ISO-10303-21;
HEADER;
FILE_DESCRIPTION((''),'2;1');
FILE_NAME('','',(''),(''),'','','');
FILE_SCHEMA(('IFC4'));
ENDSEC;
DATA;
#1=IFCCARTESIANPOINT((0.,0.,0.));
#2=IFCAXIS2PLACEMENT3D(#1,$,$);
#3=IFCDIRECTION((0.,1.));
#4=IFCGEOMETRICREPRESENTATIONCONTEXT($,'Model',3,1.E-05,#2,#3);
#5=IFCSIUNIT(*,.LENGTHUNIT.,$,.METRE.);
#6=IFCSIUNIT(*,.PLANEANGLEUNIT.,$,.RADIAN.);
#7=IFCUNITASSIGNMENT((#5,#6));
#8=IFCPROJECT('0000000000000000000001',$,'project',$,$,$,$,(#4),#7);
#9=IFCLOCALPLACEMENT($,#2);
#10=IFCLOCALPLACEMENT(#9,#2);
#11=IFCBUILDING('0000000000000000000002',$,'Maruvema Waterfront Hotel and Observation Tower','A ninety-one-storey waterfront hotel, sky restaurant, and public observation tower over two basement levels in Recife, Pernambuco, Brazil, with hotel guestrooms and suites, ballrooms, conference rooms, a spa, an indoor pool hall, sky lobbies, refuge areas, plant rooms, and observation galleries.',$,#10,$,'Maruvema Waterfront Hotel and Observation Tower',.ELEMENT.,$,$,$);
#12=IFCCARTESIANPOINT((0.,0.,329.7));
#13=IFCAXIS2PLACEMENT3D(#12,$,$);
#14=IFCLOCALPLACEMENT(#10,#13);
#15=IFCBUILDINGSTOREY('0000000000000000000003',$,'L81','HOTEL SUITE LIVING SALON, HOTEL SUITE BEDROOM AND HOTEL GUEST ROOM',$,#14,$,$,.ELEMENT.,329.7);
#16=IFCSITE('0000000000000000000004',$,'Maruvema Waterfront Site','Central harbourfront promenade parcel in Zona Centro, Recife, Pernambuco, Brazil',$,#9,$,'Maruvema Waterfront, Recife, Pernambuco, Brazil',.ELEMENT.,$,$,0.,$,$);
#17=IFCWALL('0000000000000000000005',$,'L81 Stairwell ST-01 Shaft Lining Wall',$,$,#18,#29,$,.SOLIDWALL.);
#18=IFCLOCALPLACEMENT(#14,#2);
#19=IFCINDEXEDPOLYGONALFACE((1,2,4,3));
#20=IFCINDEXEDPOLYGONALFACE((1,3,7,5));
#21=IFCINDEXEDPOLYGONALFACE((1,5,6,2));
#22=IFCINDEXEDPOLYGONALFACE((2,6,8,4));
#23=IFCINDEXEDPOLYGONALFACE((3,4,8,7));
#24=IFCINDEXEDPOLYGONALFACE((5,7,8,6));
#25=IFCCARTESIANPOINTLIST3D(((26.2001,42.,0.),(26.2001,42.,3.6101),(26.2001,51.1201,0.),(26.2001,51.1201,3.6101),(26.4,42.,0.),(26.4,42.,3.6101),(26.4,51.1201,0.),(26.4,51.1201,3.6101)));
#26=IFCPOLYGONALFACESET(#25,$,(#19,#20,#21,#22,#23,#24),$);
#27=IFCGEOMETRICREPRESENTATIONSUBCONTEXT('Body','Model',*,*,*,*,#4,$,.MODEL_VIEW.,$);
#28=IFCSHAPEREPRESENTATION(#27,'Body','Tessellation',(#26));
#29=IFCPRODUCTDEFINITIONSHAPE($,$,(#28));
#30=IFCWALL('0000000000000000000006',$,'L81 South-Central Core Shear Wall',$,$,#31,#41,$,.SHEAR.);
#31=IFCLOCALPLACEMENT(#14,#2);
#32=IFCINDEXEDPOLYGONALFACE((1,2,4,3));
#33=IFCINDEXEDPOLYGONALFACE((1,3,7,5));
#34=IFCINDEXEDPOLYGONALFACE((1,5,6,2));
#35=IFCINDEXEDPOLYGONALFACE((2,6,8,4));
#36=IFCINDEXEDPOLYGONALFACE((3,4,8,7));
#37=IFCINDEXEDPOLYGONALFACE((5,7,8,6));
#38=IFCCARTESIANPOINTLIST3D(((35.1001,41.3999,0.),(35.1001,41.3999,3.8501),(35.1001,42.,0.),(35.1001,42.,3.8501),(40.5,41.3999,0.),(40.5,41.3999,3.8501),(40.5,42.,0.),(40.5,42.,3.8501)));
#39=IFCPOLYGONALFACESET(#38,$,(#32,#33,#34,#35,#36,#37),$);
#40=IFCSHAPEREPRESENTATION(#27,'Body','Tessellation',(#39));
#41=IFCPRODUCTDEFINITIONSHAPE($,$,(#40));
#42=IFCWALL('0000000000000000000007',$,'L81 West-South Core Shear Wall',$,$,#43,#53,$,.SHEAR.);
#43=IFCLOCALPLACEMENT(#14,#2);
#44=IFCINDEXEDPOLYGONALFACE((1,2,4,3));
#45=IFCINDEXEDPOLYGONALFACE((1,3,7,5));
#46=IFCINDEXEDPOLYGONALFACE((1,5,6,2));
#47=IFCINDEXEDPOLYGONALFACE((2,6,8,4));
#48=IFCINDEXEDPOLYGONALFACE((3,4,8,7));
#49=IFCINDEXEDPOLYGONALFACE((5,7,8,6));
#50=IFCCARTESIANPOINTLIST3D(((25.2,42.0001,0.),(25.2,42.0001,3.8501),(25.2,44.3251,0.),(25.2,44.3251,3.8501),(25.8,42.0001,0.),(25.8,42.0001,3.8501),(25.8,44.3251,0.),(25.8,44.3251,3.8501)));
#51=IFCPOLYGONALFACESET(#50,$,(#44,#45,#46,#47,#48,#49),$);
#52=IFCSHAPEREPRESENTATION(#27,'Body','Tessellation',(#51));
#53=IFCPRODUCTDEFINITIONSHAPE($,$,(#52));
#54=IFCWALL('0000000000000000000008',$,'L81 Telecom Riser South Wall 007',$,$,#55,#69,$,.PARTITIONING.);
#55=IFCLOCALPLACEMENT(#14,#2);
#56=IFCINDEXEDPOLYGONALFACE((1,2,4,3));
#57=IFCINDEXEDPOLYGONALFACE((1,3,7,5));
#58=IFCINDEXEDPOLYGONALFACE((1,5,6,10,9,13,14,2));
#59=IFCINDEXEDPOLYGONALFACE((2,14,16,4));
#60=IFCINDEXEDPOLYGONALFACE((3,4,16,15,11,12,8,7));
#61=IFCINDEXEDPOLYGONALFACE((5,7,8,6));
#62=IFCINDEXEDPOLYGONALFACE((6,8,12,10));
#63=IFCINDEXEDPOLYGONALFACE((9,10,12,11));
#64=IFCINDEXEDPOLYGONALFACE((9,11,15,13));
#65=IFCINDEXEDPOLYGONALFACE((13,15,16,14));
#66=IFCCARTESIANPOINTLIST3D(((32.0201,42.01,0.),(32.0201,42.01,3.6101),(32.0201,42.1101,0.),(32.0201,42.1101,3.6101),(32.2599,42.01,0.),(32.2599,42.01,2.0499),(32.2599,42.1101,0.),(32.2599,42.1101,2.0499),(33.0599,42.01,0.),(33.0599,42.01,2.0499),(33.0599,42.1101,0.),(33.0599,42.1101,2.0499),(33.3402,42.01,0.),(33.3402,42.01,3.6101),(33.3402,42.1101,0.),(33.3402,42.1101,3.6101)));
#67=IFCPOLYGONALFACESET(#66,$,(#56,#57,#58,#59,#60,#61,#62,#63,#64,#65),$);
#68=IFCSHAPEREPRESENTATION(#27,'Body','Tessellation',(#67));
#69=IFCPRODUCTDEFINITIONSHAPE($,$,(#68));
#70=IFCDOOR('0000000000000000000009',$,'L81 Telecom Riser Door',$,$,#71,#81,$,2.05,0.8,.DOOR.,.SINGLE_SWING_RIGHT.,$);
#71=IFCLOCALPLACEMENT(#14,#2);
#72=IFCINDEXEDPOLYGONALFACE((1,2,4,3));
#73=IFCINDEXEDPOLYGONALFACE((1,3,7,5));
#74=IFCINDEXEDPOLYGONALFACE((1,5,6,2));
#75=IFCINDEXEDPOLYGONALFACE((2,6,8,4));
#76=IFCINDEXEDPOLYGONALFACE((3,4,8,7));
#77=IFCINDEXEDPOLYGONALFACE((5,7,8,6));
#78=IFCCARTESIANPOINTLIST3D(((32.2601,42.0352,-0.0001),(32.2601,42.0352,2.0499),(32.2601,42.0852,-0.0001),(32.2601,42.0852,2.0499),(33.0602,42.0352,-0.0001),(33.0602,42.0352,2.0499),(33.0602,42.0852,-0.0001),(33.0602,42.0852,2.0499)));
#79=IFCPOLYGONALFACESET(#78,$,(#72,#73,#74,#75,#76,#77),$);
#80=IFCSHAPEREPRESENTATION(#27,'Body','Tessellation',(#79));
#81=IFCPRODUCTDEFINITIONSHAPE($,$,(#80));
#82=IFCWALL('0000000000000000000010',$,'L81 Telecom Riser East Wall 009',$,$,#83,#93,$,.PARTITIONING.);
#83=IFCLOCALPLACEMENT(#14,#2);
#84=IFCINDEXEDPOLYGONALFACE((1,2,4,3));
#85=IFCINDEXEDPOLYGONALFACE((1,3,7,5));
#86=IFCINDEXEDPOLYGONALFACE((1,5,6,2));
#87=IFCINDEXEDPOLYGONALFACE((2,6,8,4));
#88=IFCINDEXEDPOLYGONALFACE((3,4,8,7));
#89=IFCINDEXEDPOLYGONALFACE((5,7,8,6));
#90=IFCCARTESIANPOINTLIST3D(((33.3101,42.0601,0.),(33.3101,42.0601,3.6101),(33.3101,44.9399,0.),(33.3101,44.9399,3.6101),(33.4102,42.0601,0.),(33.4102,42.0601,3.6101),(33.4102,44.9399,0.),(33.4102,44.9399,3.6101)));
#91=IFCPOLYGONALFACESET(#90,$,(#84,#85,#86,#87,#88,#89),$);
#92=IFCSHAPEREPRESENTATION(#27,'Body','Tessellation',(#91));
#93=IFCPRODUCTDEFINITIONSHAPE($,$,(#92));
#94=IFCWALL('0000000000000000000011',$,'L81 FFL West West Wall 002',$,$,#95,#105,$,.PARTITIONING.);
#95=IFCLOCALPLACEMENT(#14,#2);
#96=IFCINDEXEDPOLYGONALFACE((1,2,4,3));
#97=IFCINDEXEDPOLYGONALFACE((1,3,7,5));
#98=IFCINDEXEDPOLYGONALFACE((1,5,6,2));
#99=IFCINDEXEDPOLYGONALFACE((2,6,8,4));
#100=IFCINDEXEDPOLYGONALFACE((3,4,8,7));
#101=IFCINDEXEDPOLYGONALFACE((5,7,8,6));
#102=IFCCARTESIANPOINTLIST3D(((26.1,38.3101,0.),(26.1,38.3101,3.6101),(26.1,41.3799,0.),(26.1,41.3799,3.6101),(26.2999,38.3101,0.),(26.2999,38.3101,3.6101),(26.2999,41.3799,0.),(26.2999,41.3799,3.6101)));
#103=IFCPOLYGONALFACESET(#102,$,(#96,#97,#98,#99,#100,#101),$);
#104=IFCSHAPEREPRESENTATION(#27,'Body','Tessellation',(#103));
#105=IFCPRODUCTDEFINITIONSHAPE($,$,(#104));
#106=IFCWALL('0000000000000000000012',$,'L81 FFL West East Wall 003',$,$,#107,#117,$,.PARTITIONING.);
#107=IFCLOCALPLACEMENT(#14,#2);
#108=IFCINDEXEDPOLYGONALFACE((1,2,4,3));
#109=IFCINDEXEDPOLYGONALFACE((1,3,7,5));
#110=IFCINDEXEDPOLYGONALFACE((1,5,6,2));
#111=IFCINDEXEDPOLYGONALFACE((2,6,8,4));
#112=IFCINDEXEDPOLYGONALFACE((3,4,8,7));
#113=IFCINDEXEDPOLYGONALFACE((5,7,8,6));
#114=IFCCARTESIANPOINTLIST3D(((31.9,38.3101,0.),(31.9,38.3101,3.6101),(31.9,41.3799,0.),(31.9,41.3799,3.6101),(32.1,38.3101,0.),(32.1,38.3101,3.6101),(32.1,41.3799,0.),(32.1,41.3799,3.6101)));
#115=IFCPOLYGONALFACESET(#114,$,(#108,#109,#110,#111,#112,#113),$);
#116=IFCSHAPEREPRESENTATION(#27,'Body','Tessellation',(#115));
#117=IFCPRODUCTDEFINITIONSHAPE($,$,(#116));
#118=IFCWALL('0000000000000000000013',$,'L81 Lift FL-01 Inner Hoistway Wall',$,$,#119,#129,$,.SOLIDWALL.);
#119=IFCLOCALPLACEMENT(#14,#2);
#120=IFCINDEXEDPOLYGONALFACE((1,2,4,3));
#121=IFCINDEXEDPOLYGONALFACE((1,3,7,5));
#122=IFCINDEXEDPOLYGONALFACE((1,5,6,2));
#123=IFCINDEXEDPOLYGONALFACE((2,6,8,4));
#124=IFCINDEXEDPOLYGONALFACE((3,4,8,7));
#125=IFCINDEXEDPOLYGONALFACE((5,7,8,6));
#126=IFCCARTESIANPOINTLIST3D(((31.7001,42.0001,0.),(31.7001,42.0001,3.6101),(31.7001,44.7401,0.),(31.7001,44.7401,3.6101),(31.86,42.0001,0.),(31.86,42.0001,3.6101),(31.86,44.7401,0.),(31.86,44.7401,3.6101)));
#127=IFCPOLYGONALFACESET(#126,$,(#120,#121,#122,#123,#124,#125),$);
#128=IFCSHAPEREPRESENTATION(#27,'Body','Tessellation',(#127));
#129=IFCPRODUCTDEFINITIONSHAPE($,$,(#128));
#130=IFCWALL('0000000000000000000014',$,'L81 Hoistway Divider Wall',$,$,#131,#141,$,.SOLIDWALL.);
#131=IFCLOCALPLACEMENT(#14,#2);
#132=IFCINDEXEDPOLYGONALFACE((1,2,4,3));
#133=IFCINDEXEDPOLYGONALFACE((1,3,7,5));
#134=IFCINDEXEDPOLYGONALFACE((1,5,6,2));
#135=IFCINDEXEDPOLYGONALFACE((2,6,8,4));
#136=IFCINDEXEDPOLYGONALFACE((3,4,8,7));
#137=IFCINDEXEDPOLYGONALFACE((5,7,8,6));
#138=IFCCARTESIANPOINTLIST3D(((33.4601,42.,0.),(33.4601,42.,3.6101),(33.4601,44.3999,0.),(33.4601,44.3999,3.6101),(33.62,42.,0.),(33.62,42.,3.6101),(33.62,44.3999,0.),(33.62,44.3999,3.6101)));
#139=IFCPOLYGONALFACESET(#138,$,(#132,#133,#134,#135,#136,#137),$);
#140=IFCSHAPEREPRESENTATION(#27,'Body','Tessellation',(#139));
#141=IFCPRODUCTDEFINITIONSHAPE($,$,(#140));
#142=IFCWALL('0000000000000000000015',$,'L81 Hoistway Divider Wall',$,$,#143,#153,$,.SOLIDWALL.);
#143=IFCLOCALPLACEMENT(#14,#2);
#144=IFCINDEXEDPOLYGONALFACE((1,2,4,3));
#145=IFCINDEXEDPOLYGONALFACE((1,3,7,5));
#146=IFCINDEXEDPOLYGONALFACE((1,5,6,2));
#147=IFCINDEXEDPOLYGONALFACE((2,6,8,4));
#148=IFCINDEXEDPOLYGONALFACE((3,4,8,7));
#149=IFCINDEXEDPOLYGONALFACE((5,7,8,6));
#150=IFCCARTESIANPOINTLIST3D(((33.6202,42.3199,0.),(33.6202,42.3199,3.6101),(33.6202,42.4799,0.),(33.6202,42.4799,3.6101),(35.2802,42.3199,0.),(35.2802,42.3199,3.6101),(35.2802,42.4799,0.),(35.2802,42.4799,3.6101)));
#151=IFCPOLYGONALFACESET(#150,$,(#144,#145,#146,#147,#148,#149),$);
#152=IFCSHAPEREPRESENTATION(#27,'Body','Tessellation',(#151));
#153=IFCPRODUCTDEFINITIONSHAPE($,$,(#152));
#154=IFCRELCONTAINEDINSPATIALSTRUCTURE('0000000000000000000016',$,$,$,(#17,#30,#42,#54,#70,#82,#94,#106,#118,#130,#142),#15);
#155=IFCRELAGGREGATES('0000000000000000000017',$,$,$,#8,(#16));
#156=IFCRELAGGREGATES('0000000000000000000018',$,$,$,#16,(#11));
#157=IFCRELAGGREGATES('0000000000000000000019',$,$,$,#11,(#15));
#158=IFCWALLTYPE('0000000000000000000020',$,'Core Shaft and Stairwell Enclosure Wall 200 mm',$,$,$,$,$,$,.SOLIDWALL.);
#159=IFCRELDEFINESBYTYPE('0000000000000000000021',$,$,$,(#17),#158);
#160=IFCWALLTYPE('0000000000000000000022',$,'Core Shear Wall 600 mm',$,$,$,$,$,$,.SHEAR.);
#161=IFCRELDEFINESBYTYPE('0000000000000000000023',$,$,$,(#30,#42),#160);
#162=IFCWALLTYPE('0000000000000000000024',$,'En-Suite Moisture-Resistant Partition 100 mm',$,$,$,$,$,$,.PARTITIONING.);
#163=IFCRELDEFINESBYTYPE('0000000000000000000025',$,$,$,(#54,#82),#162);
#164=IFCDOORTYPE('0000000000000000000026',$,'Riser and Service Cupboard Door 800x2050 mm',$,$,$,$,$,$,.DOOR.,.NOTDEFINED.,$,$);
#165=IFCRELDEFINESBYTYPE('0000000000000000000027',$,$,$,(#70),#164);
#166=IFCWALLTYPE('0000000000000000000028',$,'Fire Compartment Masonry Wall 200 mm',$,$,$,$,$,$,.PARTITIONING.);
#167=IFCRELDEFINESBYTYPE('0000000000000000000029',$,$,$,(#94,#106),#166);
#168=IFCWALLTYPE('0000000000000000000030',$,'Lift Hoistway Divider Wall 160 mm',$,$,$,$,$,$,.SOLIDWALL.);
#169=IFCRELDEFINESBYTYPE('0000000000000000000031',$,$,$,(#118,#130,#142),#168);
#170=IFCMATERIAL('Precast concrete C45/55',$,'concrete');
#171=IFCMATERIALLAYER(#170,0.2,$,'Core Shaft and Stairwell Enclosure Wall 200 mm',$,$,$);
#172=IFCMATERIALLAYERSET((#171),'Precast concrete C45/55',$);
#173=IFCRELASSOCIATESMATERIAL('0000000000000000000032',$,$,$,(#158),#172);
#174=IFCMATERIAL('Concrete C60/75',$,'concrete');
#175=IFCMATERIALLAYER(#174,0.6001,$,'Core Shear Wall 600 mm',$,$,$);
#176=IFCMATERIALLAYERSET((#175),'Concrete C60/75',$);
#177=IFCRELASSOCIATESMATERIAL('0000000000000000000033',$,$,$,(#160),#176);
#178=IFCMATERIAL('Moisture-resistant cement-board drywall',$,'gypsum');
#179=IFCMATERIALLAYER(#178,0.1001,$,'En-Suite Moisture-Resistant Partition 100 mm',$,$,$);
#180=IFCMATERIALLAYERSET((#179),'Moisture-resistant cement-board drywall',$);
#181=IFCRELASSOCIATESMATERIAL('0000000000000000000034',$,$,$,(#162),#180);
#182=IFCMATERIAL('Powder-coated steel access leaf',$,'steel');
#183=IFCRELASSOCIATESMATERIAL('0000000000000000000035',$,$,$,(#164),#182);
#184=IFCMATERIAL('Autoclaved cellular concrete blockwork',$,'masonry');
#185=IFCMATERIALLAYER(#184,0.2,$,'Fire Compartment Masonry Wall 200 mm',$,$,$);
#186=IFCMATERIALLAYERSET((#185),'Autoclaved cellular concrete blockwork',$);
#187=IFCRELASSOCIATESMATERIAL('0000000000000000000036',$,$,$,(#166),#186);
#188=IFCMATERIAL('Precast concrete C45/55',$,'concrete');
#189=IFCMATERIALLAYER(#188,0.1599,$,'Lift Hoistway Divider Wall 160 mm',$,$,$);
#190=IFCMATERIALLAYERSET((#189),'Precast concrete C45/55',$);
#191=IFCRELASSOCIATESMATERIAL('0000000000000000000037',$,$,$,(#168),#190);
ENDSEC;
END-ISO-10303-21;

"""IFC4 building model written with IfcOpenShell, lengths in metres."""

from ifc_helpers import new_model, si_unit, direction, frame, frame_2d, origin, place, context, subcontext, project, spatial, rectangle, extrude, material, layer, layer_set, type_object, element, fill, save


model = new_model("IFC4")

# Units and contexts
model_context = context("Model", 3, precision=1e-05, world=origin(), true_north=direction((0.0, 1.0)))
body_context = subcontext(model_context, "Body", "Model", "MODEL_VIEW")
ifc_project = project(units=[si_unit("LENGTHUNIT", "METRE"), si_unit("PLANEANGLEUNIT", "RADIAN")], contexts=[model_context])

# Site, building, storey
site_placement = place(None, origin())
site = spatial("IfcSite", under=ifc_project, at=site_placement, Name="Maruvema Waterfront Site", Description="Central harbourfront promenade parcel in Zona Centro, Recife, Pernambuco, Brazil", LongName="Maruvema Waterfront, Recife, Pernambuco, Brazil", CompositionType="ELEMENT", RefElevation=0.0)
building_placement = place(site_placement, origin())
building = spatial("IfcBuilding", under=site, at=building_placement, Name="Maruvema Waterfront Hotel and Observation Tower", Description="A ninety-one-storey waterfront hotel, sky restaurant, and public observation tower over two basement levels in Recife, Pernambuco, Brazil, with hotel guestrooms and suites, ballrooms, conference rooms, a spa, an indoor pool hall, sky lobbies, refuge areas, plant rooms, and observation galleries.", LongName="Maruvema Waterfront Hotel and Observation Tower", CompositionType="ELEMENT")
storey_placement = place(building_placement, frame((0.0, 0.0, 329.7)))
storey = spatial("IfcBuildingStorey", under=building, at=storey_placement, Name="L81", Description="HOTEL SUITE LIVING SALON, HOTEL SUITE BEDROOM AND HOTEL GUEST ROOM", CompositionType="ELEMENT", Elevation=329.7)

# Walls
ifc_material_1 = material(Name="Precast concrete C45/55", Category="concrete")
ifc_layer_1 = layer(ifc_material_1, 0.2, Name="Core Shaft and Stairwell Enclosure Wall 200 mm")
ifc_layer_set_1 = layer_set([ifc_layer_1], Name="Precast concrete C45/55")
wall_type_1 = type_object("IfcWallType", Name="Core Shaft and Stairwell Enclosure Wall 200 mm", PredefinedType="SOLIDWALL", material=ifc_layer_set_1)
wall_1_placement = place(storey_placement, frame((26.3, 42.0, 0.0), z_axis=(0.0, 0.0, 1.0), x_axis=(0.0, 1.0, 0.0)))
element("IfcWall", 1, at=wall_1_placement, inside=storey, type_object=wall_type_1, Name="L81 Stairwell ST-01 Shaft Lining Wall", PredefinedType="SOLIDWALL", context=body_context, shape_type="SweptSolid", body=[
    extrude(rectangle(XDim=9.1201, YDim=0.2, at=frame_2d((4.5601, 0.0))), origin(), (0.0, 0.0, 1.0), 3.6101),
])
ifc_material_2 = material(Name="Concrete C60/75", Category="concrete")
ifc_layer_2 = layer(ifc_material_2, 0.6001, Name="Core Shear Wall 600 mm")
ifc_layer_set_2 = layer_set([ifc_layer_2], Name="Concrete C60/75")
wall_type_2 = type_object("IfcWallType", Name="Core Shear Wall 600 mm", PredefinedType="SHEAR", material=ifc_layer_set_2)
wall_2_placement = place(storey_placement, frame((35.1001, 41.7, 0.0), z_axis=(0.0, 0.0, 1.0), x_axis=(1.0, 0.0, 0.0)))
element("IfcWall", 2, at=wall_2_placement, inside=storey, type_object=wall_type_2, Name="L81 South-Central Core Shear Wall", PredefinedType="SHEAR", context=body_context, shape_type="SweptSolid", body=[
    extrude(rectangle(XDim=5.3999, YDim=0.6001, at=frame_2d((2.7, 0.0))), origin(), (0.0, 0.0, 1.0), 3.8501),
])
wall_3_placement = place(storey_placement, frame((25.5, 42.0, 0.0), z_axis=(0.0, 0.0, 1.0), x_axis=(0.0, 1.0, 0.0)))
element("IfcWall", 3, at=wall_3_placement, inside=storey, type_object=wall_type_2, Name="L81 West-South Core Shear Wall", PredefinedType="SHEAR", context=body_context, shape_type="SweptSolid", body=[
    extrude(rectangle(XDim=2.325, YDim=0.6001, at=frame_2d((1.1626, 0.0))), origin(), (0.0, 0.0, 1.0), 3.8501),
])

# Wall, opening, door
ifc_material_3 = material(Name="Moisture-resistant cement-board drywall", Category="gypsum")
ifc_layer_3 = layer(ifc_material_3, 0.1001, Name="En-Suite Moisture-Resistant Partition 100 mm")
ifc_layer_set_3 = layer_set([ifc_layer_3], Name="Moisture-resistant cement-board drywall")
wall_type_3 = type_object("IfcWallType", Name="En-Suite Moisture-Resistant Partition 100 mm", PredefinedType="PARTITIONING", material=ifc_layer_set_3)
wall_4_placement = place(storey_placement, frame((32.02, 42.0601, 0.0), z_axis=(0.0, 0.0, 1.0), x_axis=(1.0, 0.0, 0.0)))
wall_4 = element("IfcWall", 4, at=wall_4_placement, inside=storey, type_object=wall_type_3, Name="L81 Telecom Riser South Wall 007", PredefinedType="PARTITIONING", context=body_context, shape_type="SweptSolid", body=[
    extrude(rectangle(XDim=1.3201, YDim=0.1001, at=frame_2d((0.6602, 0.0))), origin(), (0.0, 0.0, 1.0), 3.6101),
])
opening_1_placement = place(wall_4_placement, frame((0.24, 0.0, 0.0)))
opening_1 = element("IfcOpeningElement", 5, at=opening_1_placement, cuts=wall_4, PredefinedType="OPENING", context=body_context, shape_type="SweptSolid", body=[
    extrude(rectangle(XDim=0.8, YDim=2.05, at=frame_2d((0.3999, 1.0249))), frame((0.0, 0.0601, 0.0), z_axis=(0.0, -1.0, 0.0), x_axis=(1.0, 0.0, 0.0)), (0.0, 0.0, 1.0), 0.1201),
])
ifc_material_4 = material(Name="Powder-coated steel access leaf", Category="steel")
door_type_1 = type_object("IfcDoorType", Name="Riser and Service Cupboard Door 800x2050 mm", OperationType="NOTDEFINED", PredefinedType="DOOR", material=ifc_material_4)
door_1_placement = place(opening_1_placement, frame((0.8, 0.0, 0.0), z_axis=(0.0, 0.0, 1.0), x_axis=(-1.0, 0.0, 0.0)))
door_1 = element("IfcDoor", 6, at=door_1_placement, inside=storey, type_object=door_type_1, Name="L81 Telecom Riser Door", OperationType="SINGLE_SWING_RIGHT", OverallHeight=2.05, OverallWidth=0.8, PredefinedType="DOOR", context=body_context, shape_type="SweptSolid", body=[
    extrude(rectangle(XDim=0.8, YDim=2.05, at=frame_2d((0.3999, 1.0249))), frame((0.0, 0.0249, 0.0), z_axis=(0.0, -1.0, 0.0), x_axis=(1.0, 0.0, 0.0)), (0.0, 0.0, 1.0), 0.05),
])
fill(opening_1, door_1)

# Wall
wall_5_placement = place(storey_placement, frame((33.3601, 42.0601, 0.0), z_axis=(0.0, 0.0, 1.0), x_axis=(0.0, 1.0, 0.0)))
element("IfcWall", 7, at=wall_5_placement, inside=storey, type_object=wall_type_3, Name="L81 Telecom Riser East Wall 009", PredefinedType="PARTITIONING", context=body_context, shape_type="SweptSolid", body=[
    extrude(rectangle(XDim=2.8799, YDim=0.1001, at=frame_2d((1.4399, 0.0))), origin(), (0.0, 0.0, 1.0), 3.6101),
])

# Shared definitions
ifc_material_5 = material(Name="Autoclaved cellular concrete blockwork", Category="masonry")
ifc_layer_4 = layer(ifc_material_5, 0.2, Name="Fire Compartment Masonry Wall 200 mm")
ifc_layer_set_4 = layer_set([ifc_layer_4], Name="Autoclaved cellular concrete blockwork")
wall_type_4 = type_object("IfcWallType", Name="Fire Compartment Masonry Wall 200 mm", PredefinedType="PARTITIONING", material=ifc_layer_set_4)

# Walls
for number, where, z_axis, x_axis, name in (
    (8, (26.2, 38.3101, 0.0), (0.0, 0.0, 1.0), (0.0, 1.0, 0.0), "L81 FFL West West Wall 002"),
    (9, (32.0, 38.3101, 0.0), (0.0, 0.0, 1.0), (0.0, 1.0, 0.0), "L81 FFL West East Wall 003"),
):
    element("IfcWall", number, at=place(storey_placement, frame(where, z_axis=z_axis, x_axis=x_axis)), inside=storey, type_object=wall_type_4, Name=name, PredefinedType="PARTITIONING", context=body_context, shape_type="SweptSolid", body=[
        extrude(rectangle(XDim=3.0698, YDim=0.2, at=frame_2d((1.5349, 0.0))), origin(), (0.0, 0.0, 1.0), 3.6101),
    ])
ifc_material_6 = material(Name="Precast concrete C45/55", Category="concrete")
ifc_layer_5 = layer(ifc_material_6, 0.1599, Name="Lift Hoistway Divider Wall 160 mm")
ifc_layer_set_5 = layer_set([ifc_layer_5], Name="Precast concrete C45/55")
wall_type_5 = type_object("IfcWallType", Name="Lift Hoistway Divider Wall 160 mm", PredefinedType="SOLIDWALL", material=ifc_layer_set_5)
wall_6_placement = place(storey_placement, frame((31.78, 42.0, 0.0), z_axis=(0.0, 0.0, 1.0), x_axis=(0.0, 1.0, 0.0)))
element("IfcWall", 10, at=wall_6_placement, inside=storey, type_object=wall_type_5, Name="L81 Lift FL-01 Inner Hoistway Wall", PredefinedType="SOLIDWALL", context=body_context, shape_type="SweptSolid", body=[
    extrude(rectangle(XDim=2.74, YDim=0.1599, at=frame_2d((1.3701, 0.0))), origin(), (0.0, 0.0, 1.0), 3.6101),
])
wall_7_placement = place(storey_placement, frame((33.54, 42.0, 0.0), z_axis=(0.0, 0.0, 1.0), x_axis=(0.0, 1.0, 0.0)))
element("IfcWall", 11, at=wall_7_placement, inside=storey, type_object=wall_type_5, Name="L81 Hoistway Divider Wall", PredefinedType="SOLIDWALL", context=body_context, shape_type="SweptSolid", body=[
    extrude(rectangle(XDim=2.3999, YDim=0.1599, at=frame_2d((1.2, 0.0))), origin(), (0.0, 0.0, 1.0), 3.6101),
])
wall_8_placement = place(storey_placement, frame((33.6201, 42.3999, 0.0), z_axis=(0.0, 0.0, 1.0), x_axis=(1.0, 0.0, 0.0)))
element("IfcWall", 12, at=wall_8_placement, inside=storey, type_object=wall_type_5, Name="L81 Hoistway Divider Wall", PredefinedType="SOLIDWALL", context=body_context, shape_type="SweptSolid", body=[
    extrude(rectangle(XDim=1.6599, YDim=0.1599, at=frame_2d((0.8301, 0.0))), origin(), (0.0, 0.0, 1.0), 3.6101),
])

save(model, "model.ifc")
